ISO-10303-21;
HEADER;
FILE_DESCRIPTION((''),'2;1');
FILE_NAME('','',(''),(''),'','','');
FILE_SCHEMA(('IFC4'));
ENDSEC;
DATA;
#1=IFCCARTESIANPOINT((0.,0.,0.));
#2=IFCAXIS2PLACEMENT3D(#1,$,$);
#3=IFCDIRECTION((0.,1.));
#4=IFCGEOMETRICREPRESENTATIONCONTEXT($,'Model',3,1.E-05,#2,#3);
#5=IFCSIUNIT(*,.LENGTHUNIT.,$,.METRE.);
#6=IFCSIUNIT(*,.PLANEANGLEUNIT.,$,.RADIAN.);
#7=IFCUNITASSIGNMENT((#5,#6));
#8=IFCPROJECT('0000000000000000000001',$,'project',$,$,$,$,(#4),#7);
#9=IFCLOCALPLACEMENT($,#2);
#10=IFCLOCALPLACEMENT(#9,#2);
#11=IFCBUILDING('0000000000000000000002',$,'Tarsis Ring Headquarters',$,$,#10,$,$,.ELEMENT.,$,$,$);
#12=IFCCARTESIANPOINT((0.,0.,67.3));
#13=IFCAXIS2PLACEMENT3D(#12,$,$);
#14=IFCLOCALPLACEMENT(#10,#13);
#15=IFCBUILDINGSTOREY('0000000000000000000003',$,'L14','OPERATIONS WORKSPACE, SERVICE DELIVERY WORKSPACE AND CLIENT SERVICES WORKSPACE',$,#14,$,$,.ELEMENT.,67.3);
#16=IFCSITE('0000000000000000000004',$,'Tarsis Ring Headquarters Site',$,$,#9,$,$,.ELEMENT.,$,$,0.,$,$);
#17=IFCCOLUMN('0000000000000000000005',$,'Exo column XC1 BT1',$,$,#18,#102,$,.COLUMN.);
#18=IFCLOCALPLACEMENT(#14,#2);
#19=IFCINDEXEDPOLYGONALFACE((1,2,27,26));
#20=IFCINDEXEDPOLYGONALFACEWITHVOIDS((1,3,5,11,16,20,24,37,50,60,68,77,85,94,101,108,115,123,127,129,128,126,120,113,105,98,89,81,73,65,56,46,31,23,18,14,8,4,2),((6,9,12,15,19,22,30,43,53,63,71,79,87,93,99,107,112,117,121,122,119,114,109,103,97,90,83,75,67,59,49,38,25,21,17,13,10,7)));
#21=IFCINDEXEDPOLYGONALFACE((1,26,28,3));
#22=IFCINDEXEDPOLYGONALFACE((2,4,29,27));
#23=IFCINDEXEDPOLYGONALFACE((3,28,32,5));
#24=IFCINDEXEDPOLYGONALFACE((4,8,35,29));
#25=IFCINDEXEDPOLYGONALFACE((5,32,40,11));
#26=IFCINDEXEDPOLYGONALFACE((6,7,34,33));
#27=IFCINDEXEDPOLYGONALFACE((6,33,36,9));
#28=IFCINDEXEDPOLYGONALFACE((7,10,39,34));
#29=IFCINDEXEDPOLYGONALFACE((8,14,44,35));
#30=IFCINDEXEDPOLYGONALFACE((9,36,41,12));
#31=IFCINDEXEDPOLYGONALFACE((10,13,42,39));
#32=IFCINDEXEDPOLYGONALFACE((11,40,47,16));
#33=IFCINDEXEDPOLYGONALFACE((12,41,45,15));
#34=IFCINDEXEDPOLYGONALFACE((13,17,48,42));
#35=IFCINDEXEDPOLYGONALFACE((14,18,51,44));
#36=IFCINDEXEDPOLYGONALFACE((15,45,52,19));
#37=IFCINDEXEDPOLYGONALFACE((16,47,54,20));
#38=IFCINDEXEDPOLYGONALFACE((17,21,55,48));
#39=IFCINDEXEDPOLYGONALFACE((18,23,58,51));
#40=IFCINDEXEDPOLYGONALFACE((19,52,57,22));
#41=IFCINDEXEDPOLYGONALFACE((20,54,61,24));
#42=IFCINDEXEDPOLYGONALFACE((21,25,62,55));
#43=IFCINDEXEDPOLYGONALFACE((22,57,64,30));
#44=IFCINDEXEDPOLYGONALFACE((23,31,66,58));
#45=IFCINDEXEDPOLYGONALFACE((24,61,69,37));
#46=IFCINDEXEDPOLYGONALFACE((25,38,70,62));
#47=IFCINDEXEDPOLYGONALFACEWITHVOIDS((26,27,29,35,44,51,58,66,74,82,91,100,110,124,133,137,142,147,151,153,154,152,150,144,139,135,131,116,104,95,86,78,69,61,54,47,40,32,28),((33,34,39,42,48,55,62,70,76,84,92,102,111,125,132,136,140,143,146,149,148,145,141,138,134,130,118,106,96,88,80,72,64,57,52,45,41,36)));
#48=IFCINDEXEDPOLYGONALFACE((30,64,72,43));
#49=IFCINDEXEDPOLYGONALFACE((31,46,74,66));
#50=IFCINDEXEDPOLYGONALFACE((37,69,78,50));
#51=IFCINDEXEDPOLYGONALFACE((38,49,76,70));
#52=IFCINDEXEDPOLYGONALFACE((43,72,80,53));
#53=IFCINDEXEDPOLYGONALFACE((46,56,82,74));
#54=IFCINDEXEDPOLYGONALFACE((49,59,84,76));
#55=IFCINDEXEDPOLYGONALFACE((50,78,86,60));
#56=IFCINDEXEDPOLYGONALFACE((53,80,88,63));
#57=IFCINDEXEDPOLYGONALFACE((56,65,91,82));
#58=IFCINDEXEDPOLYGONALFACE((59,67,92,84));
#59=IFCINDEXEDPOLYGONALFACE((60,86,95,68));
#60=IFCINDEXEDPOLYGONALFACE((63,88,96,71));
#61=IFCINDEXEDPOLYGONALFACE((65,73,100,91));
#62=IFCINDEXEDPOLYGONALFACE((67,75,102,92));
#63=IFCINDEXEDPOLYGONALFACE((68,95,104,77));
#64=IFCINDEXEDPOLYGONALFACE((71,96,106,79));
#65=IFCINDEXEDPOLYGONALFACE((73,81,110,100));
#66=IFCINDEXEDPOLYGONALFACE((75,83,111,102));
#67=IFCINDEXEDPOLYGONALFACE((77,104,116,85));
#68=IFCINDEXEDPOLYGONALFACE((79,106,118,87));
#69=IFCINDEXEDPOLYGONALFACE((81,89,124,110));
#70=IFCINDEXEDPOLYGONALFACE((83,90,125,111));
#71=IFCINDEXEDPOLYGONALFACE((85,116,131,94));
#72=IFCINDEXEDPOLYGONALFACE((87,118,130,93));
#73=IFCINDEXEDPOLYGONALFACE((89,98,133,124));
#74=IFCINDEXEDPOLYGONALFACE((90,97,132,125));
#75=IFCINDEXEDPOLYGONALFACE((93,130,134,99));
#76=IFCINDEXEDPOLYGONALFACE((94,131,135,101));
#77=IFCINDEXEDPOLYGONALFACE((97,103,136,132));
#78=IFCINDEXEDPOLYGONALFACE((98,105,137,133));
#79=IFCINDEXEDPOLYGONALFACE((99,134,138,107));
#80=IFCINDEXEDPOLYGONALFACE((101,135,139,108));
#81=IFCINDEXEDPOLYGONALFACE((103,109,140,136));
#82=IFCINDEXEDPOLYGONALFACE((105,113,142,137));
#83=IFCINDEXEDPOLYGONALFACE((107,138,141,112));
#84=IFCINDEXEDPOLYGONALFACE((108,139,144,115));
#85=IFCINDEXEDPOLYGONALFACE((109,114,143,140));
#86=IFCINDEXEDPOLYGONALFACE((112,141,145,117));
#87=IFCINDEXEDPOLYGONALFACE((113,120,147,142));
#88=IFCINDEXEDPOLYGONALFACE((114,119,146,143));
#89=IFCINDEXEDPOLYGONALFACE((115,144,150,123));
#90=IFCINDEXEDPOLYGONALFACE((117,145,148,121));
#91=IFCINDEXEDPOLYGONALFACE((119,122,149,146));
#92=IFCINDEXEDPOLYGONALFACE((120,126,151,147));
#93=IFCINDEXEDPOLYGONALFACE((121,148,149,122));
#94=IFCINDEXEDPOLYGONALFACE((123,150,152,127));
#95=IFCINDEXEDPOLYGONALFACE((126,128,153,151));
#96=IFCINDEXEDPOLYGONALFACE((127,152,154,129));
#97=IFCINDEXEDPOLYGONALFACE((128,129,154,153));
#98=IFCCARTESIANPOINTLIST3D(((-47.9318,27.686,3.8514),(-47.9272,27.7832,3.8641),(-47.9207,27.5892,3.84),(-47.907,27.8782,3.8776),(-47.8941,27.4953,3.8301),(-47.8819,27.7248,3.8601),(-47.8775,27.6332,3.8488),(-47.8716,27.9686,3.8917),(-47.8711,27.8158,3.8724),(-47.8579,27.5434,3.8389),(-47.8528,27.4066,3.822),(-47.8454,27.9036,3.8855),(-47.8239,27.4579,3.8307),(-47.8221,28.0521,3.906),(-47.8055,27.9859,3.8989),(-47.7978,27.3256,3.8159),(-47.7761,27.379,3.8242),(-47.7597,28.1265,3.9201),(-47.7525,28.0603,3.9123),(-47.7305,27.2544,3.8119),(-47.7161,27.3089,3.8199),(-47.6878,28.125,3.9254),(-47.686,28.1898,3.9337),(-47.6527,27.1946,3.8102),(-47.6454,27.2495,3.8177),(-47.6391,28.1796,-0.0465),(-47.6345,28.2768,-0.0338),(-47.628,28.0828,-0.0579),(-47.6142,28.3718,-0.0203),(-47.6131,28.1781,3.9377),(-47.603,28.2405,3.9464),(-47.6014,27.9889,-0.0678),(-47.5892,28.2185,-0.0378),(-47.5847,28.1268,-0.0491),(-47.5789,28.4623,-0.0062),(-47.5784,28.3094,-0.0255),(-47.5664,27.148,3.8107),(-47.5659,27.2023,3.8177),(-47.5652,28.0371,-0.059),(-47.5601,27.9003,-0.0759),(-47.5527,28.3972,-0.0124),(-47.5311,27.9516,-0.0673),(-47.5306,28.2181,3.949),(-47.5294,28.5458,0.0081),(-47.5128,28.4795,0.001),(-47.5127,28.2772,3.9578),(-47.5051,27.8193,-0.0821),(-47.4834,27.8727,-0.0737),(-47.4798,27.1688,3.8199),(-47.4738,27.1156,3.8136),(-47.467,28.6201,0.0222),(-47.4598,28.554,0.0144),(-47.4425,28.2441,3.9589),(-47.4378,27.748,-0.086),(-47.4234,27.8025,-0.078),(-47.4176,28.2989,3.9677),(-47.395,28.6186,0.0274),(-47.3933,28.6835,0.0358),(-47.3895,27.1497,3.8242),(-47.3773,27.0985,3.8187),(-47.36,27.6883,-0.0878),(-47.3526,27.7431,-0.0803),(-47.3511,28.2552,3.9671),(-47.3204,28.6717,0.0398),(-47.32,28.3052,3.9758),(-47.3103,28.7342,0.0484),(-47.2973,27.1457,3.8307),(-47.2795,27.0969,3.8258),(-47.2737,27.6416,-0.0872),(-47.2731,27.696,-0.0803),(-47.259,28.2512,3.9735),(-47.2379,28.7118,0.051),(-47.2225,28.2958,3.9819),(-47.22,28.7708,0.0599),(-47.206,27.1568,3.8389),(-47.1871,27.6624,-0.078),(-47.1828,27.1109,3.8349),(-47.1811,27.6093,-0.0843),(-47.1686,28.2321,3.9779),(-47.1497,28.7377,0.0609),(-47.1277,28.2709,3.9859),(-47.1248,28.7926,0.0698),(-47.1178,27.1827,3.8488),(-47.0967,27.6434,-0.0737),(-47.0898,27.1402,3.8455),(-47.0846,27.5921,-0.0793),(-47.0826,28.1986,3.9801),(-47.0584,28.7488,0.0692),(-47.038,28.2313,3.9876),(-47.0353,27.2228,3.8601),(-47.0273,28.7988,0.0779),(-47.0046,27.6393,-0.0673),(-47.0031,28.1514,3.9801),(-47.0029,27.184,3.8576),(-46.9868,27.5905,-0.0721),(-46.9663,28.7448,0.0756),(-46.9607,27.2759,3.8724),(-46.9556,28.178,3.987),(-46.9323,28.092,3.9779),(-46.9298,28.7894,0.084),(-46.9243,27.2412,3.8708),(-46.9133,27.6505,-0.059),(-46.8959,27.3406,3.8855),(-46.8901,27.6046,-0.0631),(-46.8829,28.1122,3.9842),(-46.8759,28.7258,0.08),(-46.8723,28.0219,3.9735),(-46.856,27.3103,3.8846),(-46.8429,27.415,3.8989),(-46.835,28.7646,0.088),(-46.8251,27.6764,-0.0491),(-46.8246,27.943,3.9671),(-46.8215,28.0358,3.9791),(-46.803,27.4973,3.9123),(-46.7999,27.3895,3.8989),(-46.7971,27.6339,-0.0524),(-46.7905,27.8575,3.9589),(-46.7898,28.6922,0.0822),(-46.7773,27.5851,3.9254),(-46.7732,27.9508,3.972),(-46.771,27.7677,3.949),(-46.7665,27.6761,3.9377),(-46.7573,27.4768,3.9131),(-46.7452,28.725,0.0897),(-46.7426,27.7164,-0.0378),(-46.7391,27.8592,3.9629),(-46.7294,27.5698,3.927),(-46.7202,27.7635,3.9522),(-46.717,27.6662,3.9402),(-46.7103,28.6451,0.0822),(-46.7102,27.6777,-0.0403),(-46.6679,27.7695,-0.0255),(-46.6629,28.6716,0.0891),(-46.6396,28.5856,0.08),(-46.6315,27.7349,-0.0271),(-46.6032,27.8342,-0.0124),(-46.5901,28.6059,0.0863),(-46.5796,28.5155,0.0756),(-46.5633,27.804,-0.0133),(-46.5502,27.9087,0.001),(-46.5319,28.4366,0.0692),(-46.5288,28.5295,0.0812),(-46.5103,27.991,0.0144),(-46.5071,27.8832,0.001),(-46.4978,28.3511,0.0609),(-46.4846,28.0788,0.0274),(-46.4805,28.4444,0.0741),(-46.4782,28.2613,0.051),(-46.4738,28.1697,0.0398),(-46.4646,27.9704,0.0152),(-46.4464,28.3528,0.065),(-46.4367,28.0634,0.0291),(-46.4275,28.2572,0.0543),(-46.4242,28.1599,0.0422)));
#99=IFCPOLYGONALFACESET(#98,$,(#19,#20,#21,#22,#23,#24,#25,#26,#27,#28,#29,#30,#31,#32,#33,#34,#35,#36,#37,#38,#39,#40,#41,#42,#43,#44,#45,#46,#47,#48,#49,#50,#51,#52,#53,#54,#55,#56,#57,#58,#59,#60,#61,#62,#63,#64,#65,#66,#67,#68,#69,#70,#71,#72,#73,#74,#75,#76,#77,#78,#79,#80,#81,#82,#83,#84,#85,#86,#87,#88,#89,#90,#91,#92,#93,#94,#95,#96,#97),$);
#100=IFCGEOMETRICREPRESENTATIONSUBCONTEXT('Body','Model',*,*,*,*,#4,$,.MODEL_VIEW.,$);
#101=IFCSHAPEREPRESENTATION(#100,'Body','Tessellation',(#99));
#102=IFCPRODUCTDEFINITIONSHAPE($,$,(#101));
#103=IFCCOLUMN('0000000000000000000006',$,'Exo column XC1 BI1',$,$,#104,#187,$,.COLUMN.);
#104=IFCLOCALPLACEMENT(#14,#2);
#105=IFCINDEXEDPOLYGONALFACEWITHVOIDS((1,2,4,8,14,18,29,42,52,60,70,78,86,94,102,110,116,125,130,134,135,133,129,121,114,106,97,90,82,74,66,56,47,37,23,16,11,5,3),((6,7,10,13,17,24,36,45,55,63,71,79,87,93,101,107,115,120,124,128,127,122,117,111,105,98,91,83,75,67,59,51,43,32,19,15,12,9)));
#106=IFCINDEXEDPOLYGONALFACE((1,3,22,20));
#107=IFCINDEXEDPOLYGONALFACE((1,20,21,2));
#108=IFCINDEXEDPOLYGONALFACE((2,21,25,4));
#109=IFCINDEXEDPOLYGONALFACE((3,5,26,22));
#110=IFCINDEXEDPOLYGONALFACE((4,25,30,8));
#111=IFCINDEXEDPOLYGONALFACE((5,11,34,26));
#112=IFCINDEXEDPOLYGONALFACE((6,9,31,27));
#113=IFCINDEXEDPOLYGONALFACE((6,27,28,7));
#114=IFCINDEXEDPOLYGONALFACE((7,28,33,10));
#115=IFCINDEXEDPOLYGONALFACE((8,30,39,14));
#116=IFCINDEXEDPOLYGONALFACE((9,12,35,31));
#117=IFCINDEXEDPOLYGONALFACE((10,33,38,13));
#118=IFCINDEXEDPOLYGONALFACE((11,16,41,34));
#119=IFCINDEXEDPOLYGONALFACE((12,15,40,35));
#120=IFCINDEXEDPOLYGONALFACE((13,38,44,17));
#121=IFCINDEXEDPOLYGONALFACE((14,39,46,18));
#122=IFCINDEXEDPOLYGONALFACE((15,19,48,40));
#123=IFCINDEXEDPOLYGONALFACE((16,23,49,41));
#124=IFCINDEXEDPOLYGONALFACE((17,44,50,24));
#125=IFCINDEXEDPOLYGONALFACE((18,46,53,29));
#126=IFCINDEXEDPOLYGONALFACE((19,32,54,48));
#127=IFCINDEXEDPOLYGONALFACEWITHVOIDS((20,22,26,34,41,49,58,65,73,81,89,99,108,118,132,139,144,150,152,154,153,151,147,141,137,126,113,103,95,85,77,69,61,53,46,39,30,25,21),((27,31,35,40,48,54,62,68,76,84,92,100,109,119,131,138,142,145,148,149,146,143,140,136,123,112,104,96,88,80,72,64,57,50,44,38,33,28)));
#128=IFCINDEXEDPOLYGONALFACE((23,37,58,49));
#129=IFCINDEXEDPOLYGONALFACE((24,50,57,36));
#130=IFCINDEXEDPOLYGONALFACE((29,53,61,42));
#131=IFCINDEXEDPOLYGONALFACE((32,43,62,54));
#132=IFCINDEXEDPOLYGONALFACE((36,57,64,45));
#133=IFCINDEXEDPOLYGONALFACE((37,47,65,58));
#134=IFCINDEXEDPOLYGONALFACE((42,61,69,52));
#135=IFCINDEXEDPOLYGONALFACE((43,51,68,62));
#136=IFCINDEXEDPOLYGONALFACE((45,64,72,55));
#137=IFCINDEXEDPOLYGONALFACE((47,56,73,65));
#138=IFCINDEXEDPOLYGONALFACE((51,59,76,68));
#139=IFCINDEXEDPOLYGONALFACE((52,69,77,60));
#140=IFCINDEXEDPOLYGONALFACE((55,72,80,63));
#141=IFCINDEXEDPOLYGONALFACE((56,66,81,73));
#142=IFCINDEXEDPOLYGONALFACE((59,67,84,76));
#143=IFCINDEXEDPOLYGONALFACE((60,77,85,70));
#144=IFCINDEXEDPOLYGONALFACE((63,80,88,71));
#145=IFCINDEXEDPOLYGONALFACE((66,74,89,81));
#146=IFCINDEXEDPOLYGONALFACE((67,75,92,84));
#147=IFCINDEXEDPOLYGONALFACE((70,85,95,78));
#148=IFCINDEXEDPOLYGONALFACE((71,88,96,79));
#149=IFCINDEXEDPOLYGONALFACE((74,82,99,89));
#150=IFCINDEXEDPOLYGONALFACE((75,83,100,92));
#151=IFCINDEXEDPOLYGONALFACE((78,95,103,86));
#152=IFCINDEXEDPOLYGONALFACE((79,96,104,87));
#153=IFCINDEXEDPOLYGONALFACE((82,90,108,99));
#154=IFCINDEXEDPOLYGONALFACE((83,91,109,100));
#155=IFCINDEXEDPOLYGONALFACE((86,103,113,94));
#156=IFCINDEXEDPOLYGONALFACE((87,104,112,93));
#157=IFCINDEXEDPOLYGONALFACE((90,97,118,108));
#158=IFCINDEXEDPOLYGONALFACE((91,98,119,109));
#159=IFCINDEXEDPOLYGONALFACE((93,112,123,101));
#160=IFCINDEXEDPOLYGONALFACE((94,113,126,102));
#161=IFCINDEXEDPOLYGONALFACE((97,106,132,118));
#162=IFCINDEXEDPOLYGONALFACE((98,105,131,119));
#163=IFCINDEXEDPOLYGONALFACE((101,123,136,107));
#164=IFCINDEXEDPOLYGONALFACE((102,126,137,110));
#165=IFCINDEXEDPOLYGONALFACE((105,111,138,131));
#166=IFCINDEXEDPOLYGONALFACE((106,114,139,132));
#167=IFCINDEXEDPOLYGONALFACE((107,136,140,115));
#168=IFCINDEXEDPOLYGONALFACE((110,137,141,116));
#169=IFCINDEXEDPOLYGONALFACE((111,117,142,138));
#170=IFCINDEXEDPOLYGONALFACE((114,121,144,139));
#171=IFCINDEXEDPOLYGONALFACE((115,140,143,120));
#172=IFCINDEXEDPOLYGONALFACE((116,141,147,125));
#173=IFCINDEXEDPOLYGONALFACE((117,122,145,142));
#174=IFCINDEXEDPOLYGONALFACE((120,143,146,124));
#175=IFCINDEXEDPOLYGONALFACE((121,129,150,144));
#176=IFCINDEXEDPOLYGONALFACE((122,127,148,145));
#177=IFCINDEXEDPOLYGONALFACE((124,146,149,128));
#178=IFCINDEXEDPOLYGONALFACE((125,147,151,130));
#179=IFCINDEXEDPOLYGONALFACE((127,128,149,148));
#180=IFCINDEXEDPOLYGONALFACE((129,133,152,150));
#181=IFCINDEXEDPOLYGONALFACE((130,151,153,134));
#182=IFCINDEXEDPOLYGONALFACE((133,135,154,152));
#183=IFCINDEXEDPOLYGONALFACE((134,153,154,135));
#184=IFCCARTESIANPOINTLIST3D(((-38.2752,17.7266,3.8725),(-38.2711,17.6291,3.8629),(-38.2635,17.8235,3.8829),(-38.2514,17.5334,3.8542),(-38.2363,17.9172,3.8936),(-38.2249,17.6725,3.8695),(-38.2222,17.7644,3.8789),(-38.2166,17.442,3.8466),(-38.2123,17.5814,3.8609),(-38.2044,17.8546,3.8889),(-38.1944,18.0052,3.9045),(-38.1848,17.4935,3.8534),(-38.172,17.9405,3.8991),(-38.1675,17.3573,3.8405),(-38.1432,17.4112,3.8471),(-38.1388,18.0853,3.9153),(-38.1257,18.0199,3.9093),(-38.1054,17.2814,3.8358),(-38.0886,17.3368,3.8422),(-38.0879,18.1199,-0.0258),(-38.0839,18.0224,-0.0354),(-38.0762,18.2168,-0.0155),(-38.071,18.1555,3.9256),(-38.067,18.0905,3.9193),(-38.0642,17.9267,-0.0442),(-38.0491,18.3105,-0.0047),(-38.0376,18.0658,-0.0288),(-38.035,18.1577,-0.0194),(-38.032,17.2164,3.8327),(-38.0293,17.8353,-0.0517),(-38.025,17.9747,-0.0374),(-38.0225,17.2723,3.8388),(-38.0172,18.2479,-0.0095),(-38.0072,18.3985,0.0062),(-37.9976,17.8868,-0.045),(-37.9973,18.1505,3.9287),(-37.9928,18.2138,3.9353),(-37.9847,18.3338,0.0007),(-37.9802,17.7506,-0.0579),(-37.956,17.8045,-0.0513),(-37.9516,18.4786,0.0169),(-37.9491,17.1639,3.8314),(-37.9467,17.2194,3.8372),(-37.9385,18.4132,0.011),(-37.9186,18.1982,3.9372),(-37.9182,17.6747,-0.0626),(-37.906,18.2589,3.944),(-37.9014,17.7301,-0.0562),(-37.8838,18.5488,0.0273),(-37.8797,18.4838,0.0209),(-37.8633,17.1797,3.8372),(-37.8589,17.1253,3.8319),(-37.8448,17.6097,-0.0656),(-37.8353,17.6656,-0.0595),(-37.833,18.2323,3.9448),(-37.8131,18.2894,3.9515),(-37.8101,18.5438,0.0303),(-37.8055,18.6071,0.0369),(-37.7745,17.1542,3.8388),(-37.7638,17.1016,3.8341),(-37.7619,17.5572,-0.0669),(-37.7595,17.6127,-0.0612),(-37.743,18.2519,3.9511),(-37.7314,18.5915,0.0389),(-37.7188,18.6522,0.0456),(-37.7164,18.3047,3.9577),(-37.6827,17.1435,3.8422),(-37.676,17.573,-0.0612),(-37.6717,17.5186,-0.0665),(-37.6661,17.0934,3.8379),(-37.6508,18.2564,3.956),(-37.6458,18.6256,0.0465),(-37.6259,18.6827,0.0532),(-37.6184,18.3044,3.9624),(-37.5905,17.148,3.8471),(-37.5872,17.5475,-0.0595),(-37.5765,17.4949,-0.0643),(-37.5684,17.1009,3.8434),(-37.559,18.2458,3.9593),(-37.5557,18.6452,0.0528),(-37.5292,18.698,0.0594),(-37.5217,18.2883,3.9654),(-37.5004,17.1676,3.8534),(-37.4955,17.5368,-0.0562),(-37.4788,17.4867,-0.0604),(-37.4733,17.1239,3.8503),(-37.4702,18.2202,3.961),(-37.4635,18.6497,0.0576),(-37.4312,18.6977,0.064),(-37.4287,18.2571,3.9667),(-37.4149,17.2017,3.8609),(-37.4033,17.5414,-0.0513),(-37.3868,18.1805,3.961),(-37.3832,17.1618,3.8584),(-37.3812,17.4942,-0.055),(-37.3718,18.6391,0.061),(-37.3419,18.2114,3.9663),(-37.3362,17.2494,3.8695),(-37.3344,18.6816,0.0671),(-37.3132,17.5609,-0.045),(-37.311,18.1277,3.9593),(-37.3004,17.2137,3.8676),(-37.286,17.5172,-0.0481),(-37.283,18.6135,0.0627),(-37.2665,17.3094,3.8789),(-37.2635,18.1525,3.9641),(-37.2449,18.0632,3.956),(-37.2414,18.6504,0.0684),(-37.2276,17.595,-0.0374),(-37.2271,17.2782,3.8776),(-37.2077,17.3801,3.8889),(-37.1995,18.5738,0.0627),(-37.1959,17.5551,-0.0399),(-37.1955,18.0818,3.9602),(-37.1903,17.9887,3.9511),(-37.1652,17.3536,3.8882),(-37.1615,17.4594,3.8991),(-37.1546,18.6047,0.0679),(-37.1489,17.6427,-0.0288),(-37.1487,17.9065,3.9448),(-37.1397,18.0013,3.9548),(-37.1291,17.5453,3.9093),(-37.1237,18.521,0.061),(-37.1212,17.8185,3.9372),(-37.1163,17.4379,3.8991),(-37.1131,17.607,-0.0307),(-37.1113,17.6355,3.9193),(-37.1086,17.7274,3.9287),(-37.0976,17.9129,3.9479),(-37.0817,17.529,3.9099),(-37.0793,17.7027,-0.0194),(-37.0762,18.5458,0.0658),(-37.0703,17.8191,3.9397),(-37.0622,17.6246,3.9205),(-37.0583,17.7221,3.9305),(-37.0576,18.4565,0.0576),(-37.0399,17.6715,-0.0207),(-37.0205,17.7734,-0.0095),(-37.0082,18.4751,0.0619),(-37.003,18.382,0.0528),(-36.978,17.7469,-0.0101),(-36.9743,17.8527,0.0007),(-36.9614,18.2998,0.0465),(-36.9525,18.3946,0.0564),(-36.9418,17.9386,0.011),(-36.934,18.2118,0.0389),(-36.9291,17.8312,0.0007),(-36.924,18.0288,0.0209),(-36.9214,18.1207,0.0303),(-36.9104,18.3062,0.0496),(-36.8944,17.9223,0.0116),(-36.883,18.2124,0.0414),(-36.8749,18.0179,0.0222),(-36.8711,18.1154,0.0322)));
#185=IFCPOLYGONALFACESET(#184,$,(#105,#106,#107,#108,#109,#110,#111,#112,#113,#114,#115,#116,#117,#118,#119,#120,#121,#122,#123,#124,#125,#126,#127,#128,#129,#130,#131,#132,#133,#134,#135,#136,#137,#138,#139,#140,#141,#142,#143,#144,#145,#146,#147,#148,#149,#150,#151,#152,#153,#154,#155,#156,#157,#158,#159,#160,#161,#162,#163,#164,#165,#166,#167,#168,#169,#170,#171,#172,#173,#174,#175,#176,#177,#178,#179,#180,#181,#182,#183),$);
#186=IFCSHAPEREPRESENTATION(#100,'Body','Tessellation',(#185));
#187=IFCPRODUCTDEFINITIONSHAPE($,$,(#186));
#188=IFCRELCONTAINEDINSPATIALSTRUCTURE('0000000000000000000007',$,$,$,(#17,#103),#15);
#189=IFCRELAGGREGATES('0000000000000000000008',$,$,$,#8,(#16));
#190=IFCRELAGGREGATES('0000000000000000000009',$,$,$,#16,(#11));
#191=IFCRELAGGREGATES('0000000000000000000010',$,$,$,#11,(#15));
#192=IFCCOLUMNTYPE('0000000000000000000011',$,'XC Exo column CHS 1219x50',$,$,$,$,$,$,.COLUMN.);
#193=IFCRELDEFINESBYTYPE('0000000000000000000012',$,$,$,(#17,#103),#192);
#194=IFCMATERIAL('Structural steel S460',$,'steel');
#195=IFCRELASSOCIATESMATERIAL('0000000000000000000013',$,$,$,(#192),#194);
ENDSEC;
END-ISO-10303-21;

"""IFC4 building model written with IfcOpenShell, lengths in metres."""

from ifc_helpers import new_model, si_unit, direction, frame, origin, origin_2d, place, context, subcontext, project, spatial, hollow_circle, extrude, material, material_profile, profile_set, type_object, element, save


model = new_model("IFC4")

# Units and contexts
model_context = context("Model", 3, precision=1e-05, world=origin(), true_north=direction((0.0, 1.0)))
body_context = subcontext(model_context, "Body", "Model", "MODEL_VIEW")
ifc_project = project(units=[si_unit("LENGTHUNIT", "METRE"), si_unit("PLANEANGLEUNIT", "RADIAN")], contexts=[model_context])

# Site, building, storey
site_placement = place(None, origin())
site = spatial("IfcSite", under=ifc_project, at=site_placement, Name="Tarsis Ring Headquarters Site", CompositionType="ELEMENT", RefElevation=0.0)
building_placement = place(site_placement, origin())
building = spatial("IfcBuilding", under=site, at=building_placement, Name="Tarsis Ring Headquarters", CompositionType="ELEMENT")
storey_placement = place(building_placement, frame((0.0, 0.0, 67.3)))
storey = spatial("IfcBuildingStorey", under=building, at=storey_placement, Name="L14", Description="OPERATIONS WORKSPACE, SERVICE DELIVERY WORKSPACE AND CLIENT SERVICES WORKSPACE", CompositionType="ELEMENT", Elevation=67.3)

# Columns
ifc_material_1 = material(Name="Structural steel S460", Category="steel")
ifc_material_profile_1 = material_profile(ifc_material_1, hollow_circle(Radius=0.6096, WallThickness=0.05, at=origin_2d()), Name="CHS 1219x50")
ifc_profile_set_1 = profile_set([ifc_material_profile_1], Name="Structural steel S460")
column_type = type_object("IfcColumnType", Name="XC Exo column CHS 1219x50", PredefinedType="COLUMN", material=ifc_profile_set_1)
column_1_placement = place(storey_placement, frame((-47.0315, 28.1941, 0.001), z_axis=(-0.074296, -0.125293, 0.989334), x_axis=(0.860146, -0.510047, 0.0)))
element("IfcColumn", 1, at=column_1_placement, inside=storey, type_object=column_type, Name="Exo column XC1 BT1", PredefinedType="COLUMN", context=body_context, shape_type="SweptSolid", body=[
    extrude(hollow_circle(Radius=0.6096, WallThickness=0.05, at=origin_2d()), origin(), (0.0, 0.0, 1.0), 3.9399),
])
column_2_placement = place(storey_placement, frame((-37.4795, 18.0933, 0.0007), z_axis=(-0.047736, -0.100265, 0.993815), x_axis=(0.902892, -0.429868, 0.0)))
element("IfcColumn", 2, at=column_2_placement, inside=storey, type_object=column_type, Name="Exo column XC1 BI1", PredefinedType="COLUMN", context=body_context, shape_type="SweptSolid", body=[
    extrude(hollow_circle(Radius=0.6096, WallThickness=0.05, at=origin_2d()), origin(), (0.0, 0.0, 1.0), 3.9226),
])

save(model, "model.ifc")
